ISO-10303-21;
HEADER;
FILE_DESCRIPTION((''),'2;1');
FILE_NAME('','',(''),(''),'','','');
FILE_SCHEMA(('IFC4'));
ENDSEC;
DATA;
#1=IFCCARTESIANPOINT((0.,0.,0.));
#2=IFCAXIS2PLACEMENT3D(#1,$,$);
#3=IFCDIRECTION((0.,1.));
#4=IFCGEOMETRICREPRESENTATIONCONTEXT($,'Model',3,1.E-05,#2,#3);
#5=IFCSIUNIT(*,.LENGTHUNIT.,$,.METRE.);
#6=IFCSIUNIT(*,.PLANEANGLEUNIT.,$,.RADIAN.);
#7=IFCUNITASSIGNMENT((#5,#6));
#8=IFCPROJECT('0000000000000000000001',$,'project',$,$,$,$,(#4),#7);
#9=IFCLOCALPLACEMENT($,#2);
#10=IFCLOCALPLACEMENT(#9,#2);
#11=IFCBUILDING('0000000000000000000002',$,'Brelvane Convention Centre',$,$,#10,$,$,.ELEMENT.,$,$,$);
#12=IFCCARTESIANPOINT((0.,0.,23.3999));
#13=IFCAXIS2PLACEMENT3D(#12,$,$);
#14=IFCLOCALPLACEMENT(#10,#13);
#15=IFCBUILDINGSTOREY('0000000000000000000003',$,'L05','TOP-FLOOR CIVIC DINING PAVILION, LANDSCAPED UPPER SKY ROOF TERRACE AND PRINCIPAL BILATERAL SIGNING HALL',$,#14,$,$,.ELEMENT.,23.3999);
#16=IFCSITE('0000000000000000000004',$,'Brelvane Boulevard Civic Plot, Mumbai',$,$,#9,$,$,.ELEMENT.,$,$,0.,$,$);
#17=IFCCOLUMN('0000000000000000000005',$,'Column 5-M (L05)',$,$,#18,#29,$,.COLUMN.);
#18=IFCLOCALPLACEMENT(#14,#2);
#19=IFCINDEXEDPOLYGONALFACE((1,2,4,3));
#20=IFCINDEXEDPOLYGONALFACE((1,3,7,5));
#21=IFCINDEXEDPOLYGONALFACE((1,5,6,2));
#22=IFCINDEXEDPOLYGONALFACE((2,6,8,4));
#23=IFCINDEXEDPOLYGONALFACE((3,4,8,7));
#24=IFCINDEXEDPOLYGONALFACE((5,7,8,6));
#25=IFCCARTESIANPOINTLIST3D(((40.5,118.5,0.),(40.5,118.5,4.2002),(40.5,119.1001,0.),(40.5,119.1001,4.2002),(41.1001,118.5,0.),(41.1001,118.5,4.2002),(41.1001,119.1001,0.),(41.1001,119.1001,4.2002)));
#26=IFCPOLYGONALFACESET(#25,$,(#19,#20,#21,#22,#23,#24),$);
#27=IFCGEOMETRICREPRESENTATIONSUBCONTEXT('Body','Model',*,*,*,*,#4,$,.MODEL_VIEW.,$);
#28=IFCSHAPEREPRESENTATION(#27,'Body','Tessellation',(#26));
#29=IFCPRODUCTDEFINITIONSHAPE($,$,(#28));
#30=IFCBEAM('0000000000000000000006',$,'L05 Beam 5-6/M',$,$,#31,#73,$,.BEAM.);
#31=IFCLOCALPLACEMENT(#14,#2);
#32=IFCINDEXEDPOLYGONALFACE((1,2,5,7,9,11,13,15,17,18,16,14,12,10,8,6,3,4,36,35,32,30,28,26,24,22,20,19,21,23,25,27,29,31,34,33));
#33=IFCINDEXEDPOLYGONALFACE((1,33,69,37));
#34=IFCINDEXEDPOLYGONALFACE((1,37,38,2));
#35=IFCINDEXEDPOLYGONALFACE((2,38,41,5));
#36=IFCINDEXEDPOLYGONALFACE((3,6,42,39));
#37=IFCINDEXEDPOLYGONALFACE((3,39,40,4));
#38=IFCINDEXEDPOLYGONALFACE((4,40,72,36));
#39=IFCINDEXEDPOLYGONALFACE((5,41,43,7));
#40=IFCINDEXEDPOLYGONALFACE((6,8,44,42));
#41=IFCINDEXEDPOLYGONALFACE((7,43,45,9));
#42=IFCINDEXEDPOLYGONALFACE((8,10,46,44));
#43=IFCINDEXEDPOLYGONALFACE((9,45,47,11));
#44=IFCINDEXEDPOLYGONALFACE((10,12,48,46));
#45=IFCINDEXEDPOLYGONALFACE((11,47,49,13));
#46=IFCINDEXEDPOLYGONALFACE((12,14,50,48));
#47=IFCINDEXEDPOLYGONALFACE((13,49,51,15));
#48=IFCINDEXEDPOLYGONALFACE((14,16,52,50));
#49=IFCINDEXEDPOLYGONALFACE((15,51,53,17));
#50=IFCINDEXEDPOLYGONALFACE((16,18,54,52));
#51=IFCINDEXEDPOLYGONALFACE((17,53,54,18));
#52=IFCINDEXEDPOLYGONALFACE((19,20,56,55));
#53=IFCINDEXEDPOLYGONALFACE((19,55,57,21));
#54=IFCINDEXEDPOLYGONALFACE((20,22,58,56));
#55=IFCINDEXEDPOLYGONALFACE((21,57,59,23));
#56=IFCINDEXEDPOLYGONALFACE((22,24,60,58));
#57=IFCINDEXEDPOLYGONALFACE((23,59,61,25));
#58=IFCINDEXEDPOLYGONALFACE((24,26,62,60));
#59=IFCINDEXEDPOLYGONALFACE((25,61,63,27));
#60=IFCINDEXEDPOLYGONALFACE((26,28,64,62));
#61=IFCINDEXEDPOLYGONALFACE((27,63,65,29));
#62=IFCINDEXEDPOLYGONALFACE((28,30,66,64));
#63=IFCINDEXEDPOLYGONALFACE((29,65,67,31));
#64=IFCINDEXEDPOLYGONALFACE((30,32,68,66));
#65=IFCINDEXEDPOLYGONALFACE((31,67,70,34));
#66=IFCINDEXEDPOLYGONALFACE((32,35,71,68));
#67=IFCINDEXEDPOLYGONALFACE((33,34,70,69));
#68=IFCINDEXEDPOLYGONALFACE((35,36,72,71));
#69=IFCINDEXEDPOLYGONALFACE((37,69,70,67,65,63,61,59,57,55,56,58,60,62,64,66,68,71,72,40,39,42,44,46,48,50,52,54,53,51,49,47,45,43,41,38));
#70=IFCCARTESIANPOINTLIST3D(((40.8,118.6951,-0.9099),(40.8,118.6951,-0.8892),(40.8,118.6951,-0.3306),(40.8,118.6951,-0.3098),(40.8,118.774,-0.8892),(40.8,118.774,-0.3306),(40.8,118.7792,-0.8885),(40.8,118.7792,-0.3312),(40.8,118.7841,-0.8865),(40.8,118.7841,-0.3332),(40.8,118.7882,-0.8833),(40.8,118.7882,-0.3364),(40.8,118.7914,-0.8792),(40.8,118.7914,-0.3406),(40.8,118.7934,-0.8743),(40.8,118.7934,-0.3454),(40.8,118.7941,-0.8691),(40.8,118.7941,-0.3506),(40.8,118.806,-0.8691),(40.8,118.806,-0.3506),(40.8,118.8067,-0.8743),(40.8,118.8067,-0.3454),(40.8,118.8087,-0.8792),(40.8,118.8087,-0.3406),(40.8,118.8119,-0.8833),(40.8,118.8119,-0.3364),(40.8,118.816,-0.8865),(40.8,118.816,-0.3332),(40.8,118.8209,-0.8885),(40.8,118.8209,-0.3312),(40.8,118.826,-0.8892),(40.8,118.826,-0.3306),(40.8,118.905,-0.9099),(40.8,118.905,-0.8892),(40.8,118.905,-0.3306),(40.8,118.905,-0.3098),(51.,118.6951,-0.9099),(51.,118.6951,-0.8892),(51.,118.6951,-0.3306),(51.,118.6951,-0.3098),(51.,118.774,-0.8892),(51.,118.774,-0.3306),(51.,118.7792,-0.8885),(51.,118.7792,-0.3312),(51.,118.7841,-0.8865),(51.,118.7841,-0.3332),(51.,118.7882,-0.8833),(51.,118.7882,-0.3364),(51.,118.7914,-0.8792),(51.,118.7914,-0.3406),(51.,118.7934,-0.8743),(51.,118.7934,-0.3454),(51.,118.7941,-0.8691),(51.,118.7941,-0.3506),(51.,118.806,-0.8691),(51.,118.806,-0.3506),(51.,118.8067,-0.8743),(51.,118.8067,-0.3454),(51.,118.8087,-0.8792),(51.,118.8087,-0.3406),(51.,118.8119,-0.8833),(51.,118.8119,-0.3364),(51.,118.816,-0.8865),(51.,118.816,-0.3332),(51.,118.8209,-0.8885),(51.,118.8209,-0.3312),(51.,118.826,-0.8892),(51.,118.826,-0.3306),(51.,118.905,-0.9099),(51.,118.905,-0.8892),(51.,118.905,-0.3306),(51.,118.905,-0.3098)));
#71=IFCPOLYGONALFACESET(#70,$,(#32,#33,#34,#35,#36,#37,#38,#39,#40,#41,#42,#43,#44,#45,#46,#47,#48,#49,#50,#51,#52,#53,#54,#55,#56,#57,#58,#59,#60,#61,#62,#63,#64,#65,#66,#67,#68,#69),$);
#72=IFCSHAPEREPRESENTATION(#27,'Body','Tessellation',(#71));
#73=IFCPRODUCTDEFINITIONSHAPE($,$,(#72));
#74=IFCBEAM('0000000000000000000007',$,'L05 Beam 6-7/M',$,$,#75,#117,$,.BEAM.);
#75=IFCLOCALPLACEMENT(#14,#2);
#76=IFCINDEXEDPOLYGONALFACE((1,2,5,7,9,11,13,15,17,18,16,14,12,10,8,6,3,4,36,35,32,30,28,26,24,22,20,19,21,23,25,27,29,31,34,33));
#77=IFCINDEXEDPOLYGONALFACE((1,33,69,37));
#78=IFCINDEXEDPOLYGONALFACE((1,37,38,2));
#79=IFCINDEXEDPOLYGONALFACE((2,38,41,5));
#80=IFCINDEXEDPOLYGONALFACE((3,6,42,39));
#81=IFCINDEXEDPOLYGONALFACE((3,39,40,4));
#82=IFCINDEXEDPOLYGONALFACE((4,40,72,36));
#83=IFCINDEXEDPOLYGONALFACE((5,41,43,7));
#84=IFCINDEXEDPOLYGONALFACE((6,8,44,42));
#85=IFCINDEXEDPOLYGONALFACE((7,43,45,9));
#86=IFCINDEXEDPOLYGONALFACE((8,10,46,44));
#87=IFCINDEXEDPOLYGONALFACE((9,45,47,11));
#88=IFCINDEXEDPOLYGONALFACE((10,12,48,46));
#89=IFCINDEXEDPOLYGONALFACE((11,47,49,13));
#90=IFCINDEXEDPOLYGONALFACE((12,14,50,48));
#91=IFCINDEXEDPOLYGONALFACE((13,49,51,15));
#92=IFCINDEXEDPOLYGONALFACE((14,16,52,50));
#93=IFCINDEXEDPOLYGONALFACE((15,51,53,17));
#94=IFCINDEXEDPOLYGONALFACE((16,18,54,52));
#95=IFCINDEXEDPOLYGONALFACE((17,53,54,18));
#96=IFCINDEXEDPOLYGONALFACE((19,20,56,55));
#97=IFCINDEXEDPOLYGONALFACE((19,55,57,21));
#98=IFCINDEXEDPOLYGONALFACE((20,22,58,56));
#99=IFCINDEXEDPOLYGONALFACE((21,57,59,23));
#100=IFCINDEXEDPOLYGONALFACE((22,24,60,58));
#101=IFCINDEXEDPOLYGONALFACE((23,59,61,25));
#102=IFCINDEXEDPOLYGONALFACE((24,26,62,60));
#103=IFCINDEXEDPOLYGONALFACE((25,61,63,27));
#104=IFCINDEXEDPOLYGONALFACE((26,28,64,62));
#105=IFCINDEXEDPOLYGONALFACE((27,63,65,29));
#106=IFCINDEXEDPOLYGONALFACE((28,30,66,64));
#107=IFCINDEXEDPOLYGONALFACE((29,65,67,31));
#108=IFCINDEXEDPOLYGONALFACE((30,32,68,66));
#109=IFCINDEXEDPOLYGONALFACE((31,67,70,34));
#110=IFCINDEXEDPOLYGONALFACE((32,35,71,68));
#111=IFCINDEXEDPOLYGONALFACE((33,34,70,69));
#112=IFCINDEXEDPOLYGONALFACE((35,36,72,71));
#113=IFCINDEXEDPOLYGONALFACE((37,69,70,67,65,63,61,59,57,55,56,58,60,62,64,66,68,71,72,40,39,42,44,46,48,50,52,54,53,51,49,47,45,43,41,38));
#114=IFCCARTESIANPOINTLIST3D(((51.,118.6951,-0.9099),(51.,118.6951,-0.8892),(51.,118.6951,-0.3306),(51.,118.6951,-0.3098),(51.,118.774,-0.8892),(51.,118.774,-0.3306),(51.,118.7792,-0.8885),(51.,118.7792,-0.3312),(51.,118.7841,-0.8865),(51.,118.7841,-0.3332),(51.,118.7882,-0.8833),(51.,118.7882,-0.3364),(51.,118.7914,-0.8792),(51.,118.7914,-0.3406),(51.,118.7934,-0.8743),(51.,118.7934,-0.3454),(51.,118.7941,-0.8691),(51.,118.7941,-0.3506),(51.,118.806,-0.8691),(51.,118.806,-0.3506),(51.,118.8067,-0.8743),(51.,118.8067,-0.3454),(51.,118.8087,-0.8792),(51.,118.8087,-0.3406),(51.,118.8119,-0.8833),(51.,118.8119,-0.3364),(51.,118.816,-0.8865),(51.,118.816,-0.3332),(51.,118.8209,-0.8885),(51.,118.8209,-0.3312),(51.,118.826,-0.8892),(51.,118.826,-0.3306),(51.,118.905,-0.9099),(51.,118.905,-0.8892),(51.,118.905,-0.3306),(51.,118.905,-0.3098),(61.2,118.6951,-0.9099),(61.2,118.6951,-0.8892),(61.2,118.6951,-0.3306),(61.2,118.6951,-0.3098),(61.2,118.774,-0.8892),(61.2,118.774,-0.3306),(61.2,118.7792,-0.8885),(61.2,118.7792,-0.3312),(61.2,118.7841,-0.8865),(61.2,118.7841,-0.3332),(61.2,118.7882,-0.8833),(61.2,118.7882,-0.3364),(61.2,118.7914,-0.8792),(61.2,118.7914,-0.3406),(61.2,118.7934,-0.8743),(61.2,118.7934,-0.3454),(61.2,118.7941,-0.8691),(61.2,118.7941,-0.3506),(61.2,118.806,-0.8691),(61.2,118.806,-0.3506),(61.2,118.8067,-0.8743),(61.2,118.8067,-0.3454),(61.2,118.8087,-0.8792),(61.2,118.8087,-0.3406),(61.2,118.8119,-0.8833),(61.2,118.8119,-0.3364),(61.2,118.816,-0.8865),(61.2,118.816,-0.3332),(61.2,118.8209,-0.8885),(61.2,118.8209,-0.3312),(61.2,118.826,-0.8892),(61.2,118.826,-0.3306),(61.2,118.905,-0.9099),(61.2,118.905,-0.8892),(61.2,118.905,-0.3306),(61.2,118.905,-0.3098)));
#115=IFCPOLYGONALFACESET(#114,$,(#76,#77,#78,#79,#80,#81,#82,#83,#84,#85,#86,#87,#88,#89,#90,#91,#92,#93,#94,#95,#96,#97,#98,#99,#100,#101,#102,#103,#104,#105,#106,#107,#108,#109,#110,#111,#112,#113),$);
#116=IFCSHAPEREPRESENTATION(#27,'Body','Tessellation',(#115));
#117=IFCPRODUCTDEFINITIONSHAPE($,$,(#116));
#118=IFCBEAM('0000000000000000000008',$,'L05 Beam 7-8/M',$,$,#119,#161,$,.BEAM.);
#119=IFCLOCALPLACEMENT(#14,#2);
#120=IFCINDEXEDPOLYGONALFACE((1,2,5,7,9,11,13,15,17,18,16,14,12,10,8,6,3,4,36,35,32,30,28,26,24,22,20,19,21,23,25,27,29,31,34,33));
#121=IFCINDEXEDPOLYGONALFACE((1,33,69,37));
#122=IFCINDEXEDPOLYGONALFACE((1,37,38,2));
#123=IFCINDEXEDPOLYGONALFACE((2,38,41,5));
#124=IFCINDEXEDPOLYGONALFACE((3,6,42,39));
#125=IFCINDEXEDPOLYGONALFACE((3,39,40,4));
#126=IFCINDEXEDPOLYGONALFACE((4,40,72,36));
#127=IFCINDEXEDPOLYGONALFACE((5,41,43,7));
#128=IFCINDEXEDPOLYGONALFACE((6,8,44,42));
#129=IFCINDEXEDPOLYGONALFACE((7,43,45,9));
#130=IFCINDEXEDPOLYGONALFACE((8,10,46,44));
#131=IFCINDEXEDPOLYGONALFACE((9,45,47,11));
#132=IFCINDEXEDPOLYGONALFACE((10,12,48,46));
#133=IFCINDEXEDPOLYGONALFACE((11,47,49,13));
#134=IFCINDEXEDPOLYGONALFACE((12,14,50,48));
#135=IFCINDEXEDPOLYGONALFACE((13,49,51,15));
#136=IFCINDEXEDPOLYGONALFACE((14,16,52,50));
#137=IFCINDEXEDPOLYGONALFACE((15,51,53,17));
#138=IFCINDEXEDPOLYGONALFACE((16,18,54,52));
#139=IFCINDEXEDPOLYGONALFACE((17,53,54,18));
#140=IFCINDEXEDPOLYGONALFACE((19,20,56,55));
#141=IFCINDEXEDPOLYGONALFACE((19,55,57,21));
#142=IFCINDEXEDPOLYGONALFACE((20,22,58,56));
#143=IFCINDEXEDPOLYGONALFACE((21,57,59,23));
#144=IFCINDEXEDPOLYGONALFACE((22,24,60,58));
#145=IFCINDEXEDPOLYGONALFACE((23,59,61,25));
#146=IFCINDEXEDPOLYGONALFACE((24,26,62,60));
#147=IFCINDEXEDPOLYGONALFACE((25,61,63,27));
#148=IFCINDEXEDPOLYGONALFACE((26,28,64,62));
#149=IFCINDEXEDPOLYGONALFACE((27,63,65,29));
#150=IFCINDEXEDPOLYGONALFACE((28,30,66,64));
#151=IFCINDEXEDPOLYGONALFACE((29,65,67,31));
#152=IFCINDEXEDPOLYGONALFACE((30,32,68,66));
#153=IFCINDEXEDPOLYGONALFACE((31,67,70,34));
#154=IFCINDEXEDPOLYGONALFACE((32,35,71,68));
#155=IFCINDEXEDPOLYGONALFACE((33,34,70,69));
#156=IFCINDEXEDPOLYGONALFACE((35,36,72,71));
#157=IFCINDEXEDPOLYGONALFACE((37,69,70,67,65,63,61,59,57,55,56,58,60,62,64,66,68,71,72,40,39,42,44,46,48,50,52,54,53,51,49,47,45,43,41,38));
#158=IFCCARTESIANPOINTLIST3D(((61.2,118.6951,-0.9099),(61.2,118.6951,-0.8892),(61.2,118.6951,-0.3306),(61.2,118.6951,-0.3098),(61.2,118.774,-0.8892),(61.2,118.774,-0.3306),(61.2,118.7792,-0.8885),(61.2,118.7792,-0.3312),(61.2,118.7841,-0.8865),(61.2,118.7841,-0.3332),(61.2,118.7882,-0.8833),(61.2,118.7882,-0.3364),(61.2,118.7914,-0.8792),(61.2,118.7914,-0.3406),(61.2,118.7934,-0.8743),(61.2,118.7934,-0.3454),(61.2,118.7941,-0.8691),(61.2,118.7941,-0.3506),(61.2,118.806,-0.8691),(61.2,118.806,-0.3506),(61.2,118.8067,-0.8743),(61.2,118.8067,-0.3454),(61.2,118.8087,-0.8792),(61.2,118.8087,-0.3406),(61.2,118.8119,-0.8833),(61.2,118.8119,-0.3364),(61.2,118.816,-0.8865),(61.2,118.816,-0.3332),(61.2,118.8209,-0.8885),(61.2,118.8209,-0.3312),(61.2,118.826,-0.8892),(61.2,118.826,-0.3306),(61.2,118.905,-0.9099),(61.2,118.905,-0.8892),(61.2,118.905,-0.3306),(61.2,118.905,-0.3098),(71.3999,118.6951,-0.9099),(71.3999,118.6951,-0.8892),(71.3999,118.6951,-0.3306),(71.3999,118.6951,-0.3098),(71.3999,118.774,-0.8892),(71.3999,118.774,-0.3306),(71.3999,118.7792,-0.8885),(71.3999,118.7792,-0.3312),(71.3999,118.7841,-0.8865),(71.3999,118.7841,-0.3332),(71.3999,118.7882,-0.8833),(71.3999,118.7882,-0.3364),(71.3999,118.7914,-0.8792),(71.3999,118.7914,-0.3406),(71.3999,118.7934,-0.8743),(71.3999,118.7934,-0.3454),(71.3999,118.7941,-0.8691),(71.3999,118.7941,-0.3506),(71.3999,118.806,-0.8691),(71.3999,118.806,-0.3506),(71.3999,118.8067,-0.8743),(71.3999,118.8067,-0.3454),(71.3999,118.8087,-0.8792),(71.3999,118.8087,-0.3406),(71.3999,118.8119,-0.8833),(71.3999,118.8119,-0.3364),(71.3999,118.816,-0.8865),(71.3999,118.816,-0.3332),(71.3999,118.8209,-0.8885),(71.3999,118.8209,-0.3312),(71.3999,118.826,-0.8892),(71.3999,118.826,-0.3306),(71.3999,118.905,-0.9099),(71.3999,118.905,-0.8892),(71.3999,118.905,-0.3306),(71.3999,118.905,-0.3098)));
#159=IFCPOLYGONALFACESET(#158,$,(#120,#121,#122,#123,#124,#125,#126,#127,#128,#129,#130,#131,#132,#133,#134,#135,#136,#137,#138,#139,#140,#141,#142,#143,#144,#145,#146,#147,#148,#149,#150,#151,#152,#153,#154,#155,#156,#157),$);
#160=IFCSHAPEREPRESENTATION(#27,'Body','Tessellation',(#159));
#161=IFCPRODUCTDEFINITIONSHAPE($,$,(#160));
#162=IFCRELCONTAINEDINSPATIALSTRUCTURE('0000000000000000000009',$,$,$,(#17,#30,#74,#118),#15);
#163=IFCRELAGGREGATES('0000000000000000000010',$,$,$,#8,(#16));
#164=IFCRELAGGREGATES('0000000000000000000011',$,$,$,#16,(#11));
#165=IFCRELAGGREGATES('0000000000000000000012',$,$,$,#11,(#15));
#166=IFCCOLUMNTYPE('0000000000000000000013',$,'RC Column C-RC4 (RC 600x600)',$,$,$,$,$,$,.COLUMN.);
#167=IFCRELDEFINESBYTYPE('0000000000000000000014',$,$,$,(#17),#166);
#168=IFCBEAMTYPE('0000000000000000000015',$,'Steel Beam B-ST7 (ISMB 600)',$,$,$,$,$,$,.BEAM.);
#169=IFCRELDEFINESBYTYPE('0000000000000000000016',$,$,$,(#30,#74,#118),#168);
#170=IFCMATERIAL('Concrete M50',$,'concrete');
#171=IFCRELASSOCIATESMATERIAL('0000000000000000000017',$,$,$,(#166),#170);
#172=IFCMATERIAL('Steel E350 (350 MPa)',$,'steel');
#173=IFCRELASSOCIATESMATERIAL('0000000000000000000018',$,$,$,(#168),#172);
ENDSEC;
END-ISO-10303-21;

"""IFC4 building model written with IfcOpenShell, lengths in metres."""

from ifc_helpers import new_model, si_unit, direction, frame, origin, origin_2d, place, context, subcontext, project, spatial, rectangle, i_section, extrude, material, material_profile, profile_set, type_object, element, save


model = new_model("IFC4")

# Units and contexts
model_context = context("Model", 3, precision=1e-05, world=origin(), true_north=direction((0.0, 1.0)))
body_context = subcontext(model_context, "Body", "Model", "MODEL_VIEW")
ifc_project = project(units=[si_unit("LENGTHUNIT", "METRE"), si_unit("PLANEANGLEUNIT", "RADIAN")], contexts=[model_context])

# Site, building, storey
site_placement = place(None, origin())
site = spatial("IfcSite", under=ifc_project, at=site_placement, Name="Brelvane Boulevard Civic Plot, Mumbai", CompositionType="ELEMENT", RefElevation=0.0)
building_placement = place(site_placement, origin())
building = spatial("IfcBuilding", under=site, at=building_placement, Name="Brelvane Convention Centre", CompositionType="ELEMENT")
storey_placement = place(building_placement, frame((0.0, 0.0, 23.3999)))
storey = spatial("IfcBuildingStorey", under=building, at=storey_placement, Name="L05", Description="TOP-FLOOR CIVIC DINING PAVILION, LANDSCAPED UPPER SKY ROOF TERRACE AND PRINCIPAL BILATERAL SIGNING HALL", CompositionType="ELEMENT", Elevation=23.3999)

# Column
ifc_material_1 = material(Name="Concrete M50", Category="concrete")
ifc_material_profile_1 = material_profile(ifc_material_1, rectangle(XDim=0.6001, YDim=0.6001, at=origin_2d()), Name="RC 600x600")
ifc_profile_set_1 = profile_set([ifc_material_profile_1], Name="Concrete M50")
column_type = type_object("IfcColumnType", Name="RC Column C-RC4 (RC 600x600)", PredefinedType="COLUMN", material=ifc_profile_set_1)
column_placement = place(storey_placement, frame((40.8, 118.8, 0.0), z_axis=(0.0, 0.0, 1.0), x_axis=(1.0, 0.0, 0.0)))
element("IfcColumn", 1, at=column_placement, inside=storey, type_object=column_type, Name="Column 5-M (L05)", PredefinedType="COLUMN", context=body_context, shape_type="SweptSolid", body=[
    extrude(rectangle(XDim=0.6001, YDim=0.6001, at=origin_2d()), origin(), (0.0, 0.0, 1.0), 4.2002),
])

# Beams
ifc_material_2 = material(Name="Steel E350 (350 MPa)", Category="steel")
ifc_material_profile_2 = material_profile(ifc_material_2, i_section(OverallWidth=0.21, OverallDepth=0.6001, WebThickness=0.012, FlangeThickness=0.0208, FilletRadius=0.02, at=origin_2d()), Name="ISMB 600")
ifc_profile_set_2 = profile_set([ifc_material_profile_2], Name="Steel E350 (350 MPa)")
beam_type_1 = type_object("IfcBeamType", Name="Steel Beam B-ST7 (ISMB 600)", PredefinedType="BEAM", material=ifc_profile_set_2)
for number, where, z_axis, x_axis, name in (
    (2, (40.8, 118.8, -0.6099), (1.0, 0.0, 0.0), (0.0, 1.0, 0.0), "L05 Beam 5-6/M"),
    (3, (51.0, 118.8, -0.6099), (1.0, 0.0, 0.0), (0.0, 1.0, 0.0), "L05 Beam 6-7/M"),
    (4, (61.2, 118.8, -0.6099), (1.0, 0.0, 0.0), (0.0, 1.0, 0.0), "L05 Beam 7-8/M"),
):
    element("IfcBeam", number, at=place(storey_placement, frame(where, z_axis=z_axis, x_axis=x_axis)), inside=storey, type_object=beam_type_1, Name=name, PredefinedType="BEAM", context=body_context, shape_type="SweptSolid", body=[
        extrude(i_section(OverallWidth=0.21, OverallDepth=0.6001, WebThickness=0.012, FlangeThickness=0.0208, FilletRadius=0.02, at=origin_2d()), origin(), (0.0, 0.0, 1.0), 10.2),
    ])

save(model, "model.ifc")
